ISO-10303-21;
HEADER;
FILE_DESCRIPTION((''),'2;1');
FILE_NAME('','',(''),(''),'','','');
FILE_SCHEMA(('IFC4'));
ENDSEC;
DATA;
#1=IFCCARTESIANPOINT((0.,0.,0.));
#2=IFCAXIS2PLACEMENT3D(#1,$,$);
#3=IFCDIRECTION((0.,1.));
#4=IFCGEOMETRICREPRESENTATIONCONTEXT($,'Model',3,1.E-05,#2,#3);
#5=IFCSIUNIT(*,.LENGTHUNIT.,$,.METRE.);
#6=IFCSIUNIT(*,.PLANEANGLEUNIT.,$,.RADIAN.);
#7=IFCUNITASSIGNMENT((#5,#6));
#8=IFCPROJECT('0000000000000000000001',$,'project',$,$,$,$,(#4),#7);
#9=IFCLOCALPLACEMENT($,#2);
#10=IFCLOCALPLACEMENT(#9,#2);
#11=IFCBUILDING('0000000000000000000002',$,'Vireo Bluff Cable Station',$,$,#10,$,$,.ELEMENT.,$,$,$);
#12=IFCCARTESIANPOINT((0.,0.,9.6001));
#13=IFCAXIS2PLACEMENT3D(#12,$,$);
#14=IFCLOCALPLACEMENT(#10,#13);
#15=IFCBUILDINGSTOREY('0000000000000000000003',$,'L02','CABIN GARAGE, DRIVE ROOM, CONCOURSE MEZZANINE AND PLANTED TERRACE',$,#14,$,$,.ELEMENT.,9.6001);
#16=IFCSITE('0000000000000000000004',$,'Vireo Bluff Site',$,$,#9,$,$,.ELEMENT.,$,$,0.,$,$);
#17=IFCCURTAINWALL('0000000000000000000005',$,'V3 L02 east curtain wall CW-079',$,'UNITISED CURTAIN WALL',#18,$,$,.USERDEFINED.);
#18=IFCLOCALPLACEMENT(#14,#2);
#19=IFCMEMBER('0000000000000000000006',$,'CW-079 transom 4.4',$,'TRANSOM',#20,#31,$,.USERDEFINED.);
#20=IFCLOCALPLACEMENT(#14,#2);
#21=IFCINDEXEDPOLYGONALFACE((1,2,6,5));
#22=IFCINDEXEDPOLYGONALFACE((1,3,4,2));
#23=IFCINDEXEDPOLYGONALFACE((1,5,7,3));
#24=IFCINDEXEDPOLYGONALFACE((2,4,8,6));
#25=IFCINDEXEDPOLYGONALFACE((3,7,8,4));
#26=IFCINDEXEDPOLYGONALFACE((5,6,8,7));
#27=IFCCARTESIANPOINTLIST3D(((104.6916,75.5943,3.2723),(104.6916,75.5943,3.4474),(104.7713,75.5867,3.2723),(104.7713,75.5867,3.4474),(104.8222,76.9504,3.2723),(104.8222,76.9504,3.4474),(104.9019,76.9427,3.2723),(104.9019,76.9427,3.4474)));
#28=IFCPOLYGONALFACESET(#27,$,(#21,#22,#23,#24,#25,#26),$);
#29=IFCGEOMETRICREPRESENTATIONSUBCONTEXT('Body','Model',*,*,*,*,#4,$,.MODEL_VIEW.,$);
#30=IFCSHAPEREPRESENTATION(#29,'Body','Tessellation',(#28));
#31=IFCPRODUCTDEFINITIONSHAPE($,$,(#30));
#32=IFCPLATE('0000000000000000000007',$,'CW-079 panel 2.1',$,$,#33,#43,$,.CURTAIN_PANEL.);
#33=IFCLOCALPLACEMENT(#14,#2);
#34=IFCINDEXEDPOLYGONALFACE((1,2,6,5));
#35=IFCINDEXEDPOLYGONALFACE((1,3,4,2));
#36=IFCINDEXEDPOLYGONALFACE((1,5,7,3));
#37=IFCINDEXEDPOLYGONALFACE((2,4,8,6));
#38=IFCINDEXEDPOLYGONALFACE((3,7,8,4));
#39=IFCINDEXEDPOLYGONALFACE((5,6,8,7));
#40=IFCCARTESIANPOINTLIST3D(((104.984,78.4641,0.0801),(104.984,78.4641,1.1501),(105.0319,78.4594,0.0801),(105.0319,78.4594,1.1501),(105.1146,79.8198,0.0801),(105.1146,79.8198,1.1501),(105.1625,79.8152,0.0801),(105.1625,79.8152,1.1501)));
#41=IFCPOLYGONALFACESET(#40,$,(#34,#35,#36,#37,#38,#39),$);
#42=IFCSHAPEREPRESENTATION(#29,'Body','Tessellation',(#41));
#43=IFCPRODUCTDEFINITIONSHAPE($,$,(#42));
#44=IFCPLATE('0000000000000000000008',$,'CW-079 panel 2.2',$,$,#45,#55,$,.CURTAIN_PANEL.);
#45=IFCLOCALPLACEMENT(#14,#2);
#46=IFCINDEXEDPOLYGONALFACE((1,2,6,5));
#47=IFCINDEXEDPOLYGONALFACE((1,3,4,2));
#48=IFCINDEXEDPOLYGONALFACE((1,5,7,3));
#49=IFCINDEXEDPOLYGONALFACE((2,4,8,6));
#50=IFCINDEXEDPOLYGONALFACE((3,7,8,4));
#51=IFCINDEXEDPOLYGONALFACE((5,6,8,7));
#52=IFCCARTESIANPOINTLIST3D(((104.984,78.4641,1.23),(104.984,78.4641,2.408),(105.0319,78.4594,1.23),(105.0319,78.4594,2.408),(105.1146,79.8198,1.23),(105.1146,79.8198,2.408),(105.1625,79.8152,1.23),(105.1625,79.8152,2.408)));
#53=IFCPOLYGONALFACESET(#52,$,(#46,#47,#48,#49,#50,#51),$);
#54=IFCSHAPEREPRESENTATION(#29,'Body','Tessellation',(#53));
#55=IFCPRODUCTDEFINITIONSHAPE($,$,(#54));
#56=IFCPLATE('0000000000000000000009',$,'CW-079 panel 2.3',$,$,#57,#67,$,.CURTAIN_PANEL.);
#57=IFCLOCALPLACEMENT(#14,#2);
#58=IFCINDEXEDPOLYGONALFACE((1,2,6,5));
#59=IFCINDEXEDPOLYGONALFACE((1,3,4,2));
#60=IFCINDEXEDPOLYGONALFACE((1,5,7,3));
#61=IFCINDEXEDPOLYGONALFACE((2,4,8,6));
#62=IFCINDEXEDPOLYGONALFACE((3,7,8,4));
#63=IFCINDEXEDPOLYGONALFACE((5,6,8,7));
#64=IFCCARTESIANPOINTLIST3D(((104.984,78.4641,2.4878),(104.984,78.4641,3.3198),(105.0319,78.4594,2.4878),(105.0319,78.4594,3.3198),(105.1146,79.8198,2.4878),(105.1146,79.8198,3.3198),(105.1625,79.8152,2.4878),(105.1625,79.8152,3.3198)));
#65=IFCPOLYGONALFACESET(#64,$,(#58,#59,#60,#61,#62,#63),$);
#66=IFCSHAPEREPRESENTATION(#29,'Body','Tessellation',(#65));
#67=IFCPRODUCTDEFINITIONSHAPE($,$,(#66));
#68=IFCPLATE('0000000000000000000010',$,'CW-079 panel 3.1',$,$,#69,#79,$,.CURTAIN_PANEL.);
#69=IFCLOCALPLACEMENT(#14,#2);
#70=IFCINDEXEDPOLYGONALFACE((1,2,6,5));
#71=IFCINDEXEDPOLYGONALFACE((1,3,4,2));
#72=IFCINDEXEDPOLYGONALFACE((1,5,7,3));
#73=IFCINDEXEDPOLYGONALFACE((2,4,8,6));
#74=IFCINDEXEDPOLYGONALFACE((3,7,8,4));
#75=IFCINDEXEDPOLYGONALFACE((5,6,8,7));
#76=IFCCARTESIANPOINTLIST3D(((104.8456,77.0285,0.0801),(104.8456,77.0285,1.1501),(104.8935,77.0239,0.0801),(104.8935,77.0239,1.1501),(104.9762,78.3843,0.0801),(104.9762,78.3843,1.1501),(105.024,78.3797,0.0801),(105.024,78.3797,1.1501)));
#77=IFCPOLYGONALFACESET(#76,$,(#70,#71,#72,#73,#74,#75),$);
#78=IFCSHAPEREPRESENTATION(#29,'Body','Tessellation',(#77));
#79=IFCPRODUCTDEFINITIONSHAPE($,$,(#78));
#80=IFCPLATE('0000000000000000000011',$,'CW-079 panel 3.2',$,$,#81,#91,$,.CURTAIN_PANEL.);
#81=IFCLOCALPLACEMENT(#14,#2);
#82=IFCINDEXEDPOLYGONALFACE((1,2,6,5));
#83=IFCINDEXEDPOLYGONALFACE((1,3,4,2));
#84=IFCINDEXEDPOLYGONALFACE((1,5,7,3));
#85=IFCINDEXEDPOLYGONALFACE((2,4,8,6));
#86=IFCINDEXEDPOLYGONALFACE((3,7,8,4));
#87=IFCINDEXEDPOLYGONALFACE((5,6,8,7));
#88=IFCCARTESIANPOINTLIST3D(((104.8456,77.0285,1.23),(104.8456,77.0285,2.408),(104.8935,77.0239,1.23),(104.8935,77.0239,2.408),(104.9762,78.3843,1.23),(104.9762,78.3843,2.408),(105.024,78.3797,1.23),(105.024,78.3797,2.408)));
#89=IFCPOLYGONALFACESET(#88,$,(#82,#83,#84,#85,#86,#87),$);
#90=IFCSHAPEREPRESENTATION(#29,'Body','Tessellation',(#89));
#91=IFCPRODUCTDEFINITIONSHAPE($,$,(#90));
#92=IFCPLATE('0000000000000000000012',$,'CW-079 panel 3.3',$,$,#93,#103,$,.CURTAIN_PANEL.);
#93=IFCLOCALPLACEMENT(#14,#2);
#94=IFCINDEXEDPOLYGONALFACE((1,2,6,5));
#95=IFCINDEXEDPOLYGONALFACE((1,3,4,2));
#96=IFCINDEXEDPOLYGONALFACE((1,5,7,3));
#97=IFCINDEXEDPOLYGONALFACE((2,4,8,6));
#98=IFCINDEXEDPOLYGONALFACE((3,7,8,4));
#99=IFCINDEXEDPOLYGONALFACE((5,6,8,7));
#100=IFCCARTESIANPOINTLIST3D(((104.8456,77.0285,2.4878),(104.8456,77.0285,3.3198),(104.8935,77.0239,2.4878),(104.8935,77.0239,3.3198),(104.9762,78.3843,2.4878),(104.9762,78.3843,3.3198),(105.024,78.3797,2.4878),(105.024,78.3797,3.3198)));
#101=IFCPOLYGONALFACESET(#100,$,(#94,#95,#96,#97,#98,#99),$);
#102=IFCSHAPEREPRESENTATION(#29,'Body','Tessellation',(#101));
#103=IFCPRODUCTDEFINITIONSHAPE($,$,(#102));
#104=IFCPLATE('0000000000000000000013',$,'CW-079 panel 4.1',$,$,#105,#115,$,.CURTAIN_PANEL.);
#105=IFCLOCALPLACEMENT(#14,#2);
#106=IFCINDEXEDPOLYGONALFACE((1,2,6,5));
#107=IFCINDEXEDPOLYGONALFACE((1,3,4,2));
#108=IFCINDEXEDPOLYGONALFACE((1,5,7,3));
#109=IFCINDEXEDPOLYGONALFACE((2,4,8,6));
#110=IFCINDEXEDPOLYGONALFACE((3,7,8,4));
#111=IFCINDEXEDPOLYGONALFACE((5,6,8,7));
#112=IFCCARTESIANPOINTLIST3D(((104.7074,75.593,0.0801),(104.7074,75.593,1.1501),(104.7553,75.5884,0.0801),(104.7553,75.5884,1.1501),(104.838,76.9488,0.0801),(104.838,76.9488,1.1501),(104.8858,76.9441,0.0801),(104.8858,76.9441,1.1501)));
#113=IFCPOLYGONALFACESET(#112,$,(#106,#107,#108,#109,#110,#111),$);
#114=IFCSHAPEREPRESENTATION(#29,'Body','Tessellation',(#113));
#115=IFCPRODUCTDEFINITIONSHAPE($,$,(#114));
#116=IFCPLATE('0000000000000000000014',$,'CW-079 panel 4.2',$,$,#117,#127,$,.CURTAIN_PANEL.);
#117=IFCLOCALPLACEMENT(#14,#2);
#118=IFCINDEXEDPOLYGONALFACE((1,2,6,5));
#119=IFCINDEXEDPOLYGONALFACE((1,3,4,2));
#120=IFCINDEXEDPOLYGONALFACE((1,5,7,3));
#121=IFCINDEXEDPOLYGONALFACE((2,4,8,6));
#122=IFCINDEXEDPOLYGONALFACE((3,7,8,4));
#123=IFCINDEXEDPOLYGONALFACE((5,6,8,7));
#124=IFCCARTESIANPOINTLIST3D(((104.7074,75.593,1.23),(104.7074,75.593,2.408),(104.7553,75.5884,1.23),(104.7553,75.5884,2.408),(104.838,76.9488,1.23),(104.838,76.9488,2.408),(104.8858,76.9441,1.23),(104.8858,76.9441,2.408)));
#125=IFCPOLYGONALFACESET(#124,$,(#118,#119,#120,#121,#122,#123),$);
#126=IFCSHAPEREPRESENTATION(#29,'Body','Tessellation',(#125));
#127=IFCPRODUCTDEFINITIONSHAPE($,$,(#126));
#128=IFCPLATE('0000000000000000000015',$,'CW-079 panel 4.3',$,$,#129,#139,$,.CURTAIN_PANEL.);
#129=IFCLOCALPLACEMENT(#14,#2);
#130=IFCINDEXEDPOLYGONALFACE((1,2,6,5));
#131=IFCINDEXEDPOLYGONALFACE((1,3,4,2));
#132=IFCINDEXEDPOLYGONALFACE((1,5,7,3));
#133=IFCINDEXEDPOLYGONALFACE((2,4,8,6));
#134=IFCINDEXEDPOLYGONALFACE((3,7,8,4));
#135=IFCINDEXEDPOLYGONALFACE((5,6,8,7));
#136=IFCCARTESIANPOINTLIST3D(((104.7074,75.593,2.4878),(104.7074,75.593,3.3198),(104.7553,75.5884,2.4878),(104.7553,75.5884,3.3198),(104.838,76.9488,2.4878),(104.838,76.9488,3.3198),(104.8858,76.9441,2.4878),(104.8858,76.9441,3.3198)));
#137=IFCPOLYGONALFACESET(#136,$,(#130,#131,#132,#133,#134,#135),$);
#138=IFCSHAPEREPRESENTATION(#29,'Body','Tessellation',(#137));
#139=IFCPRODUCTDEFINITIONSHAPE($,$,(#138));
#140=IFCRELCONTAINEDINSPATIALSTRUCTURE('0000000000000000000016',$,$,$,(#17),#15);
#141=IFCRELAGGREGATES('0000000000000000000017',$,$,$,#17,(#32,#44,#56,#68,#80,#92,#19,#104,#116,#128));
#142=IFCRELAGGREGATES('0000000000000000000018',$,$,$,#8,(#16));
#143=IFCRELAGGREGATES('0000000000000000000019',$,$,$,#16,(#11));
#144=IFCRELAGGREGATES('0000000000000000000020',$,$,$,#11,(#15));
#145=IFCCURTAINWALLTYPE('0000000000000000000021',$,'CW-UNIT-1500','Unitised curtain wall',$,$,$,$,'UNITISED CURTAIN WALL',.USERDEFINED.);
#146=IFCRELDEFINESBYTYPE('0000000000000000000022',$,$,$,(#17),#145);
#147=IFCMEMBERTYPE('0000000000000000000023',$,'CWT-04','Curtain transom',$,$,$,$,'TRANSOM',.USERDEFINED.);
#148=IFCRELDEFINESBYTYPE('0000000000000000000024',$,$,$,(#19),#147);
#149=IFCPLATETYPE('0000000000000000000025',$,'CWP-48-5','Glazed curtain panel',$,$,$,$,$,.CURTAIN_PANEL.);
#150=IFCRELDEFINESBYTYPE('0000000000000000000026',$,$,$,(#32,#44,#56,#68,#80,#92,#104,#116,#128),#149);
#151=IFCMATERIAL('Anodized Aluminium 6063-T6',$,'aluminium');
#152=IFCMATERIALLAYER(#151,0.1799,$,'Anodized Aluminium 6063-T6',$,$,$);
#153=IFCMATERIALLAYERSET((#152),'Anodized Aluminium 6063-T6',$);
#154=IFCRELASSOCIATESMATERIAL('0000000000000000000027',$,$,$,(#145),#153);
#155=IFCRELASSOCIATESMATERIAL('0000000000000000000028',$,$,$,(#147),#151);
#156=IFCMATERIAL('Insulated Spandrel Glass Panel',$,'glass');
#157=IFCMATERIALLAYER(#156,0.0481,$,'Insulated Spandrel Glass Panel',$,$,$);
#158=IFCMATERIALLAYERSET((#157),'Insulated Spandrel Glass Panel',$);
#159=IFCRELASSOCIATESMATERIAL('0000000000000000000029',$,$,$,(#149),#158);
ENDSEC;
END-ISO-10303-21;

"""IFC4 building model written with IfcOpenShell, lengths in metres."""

from ifc_helpers import new_model, si_unit, direction, frame, origin, origin_2d, place, context, subcontext, project, spatial, rectangle, extrude, material, layer, layer_set, material_profile, profile_set, type_object, element, aggregate, save


model = new_model("IFC4")

# Units and contexts
model_context = context("Model", 3, precision=1e-05, world=origin(), true_north=direction((0.0, 1.0)))
body_context = subcontext(model_context, "Body", "Model", "MODEL_VIEW")
ifc_project = project(units=[si_unit("LENGTHUNIT", "METRE"), si_unit("PLANEANGLEUNIT", "RADIAN")], contexts=[model_context])

# Site, building, storey
site_placement = place(None, origin())
site = spatial("IfcSite", under=ifc_project, at=site_placement, Name="Vireo Bluff Site", CompositionType="ELEMENT", RefElevation=0.0)
building_placement = place(site_placement, origin())
building = spatial("IfcBuilding", under=site, at=building_placement, Name="Vireo Bluff Cable Station", CompositionType="ELEMENT")
storey_placement = place(building_placement, frame((0.0, 0.0, 9.6001)))
storey = spatial("IfcBuildingStorey", under=building, at=storey_placement, Name="L02", Description="CABIN GARAGE, DRIVE ROOM, CONCOURSE MEZZANINE AND PLANTED TERRACE", CompositionType="ELEMENT", Elevation=9.6001)

# Curtain wall, member, plates
ifc_material_1 = material(Name="Anodized Aluminium 6063-T6", Category="aluminium")
ifc_layer_1 = layer(ifc_material_1, 0.1799, Name="Anodized Aluminium 6063-T6")
ifc_layer_set_1 = layer_set([ifc_layer_1], Name="Anodized Aluminium 6063-T6")
curtain_wall_type = type_object("IfcCurtainWallType", Name="CW-UNIT-1500", Description="Unitised curtain wall", ElementType="UNITISED CURTAIN WALL", PredefinedType="USERDEFINED", material=ifc_layer_set_1)
curtain_wall_placement = place(storey_placement, origin())
curtain_wall = element("IfcCurtainWall", 1, at=curtain_wall_placement, inside=storey, type_object=curtain_wall_type, Name="V3 L02 east curtain wall CW-079", ObjectType="UNITISED CURTAIN WALL", PredefinedType="USERDEFINED")
ifc_material_profile_1 = material_profile(ifc_material_1, rectangle(XDim=0.0801, YDim=0.175, at=origin_2d()), Name="ALU-T-80X175")
ifc_profile_set_1 = profile_set([ifc_material_profile_1], Name="Anodized Aluminium 6063-T6")
member_type_1 = type_object("IfcMemberType", Name="CWT-04", Description="Curtain transom", ElementType="TRANSOM", PredefinedType="USERDEFINED", material=ifc_profile_set_1)
member_1_placement = place(storey_placement, frame((104.8621, 76.9465, 3.3599), z_axis=(-0.095883, -0.995393, 0.0), x_axis=(0.995393, -0.095883, 0.0)))
member_1 = element("IfcMember", 2, at=member_1_placement, type_object=member_type_1, Name="CW-079 transom 4.4", ObjectType="TRANSOM", PredefinedType="USERDEFINED", context=body_context, shape_type="SweptSolid", body=[
    extrude(rectangle(XDim=0.0801, YDim=0.175, at=origin_2d()), origin(), (0.0, 0.0, 1.0), 1.3623),
])
ifc_material_2 = material(Name="Insulated Spandrel Glass Panel", Category="glass")
ifc_layer_2 = layer(ifc_material_2, 0.0481, Name="Insulated Spandrel Glass Panel")
ifc_layer_set_2 = layer_set([ifc_layer_2], Name="Insulated Spandrel Glass Panel")
plate_type = type_object("IfcPlateType", Name="CWP-48-5", Description="Glazed curtain panel", PredefinedType="CURTAIN_PANEL", material=ifc_layer_set_2)
plate_1_placement = place(storey_placement, frame((105.0732, 79.1396, 0.0801), z_axis=(0.0, 0.0, 1.0), x_axis=(-0.095846, -0.995396, 0.0)))
plate_1 = element("IfcPlate", 3, at=plate_1_placement, type_object=plate_type, Name="CW-079 panel 2.1", PredefinedType="CURTAIN_PANEL", context=body_context, shape_type="SweptSolid", body=[
    extrude(rectangle(XDim=1.3621, YDim=0.0481, at=origin_2d()), origin(), (0.0, 0.0, 1.0), 1.0701),
])
plate_2_placement = place(storey_placement, frame((105.0732, 79.1396, 1.23), z_axis=(0.0, 0.0, 1.0), x_axis=(-0.095846, -0.995396, 0.0)))
plate_2 = element("IfcPlate", 4, at=plate_2_placement, type_object=plate_type, Name="CW-079 panel 2.2", PredefinedType="CURTAIN_PANEL", context=body_context, shape_type="SweptSolid", body=[
    extrude(rectangle(XDim=1.3621, YDim=0.0481, at=origin_2d()), origin(), (0.0, 0.0, 1.0), 1.178),
])
plate_3_placement = place(storey_placement, frame((105.0732, 79.1396, 2.4878), z_axis=(0.0, 0.0, 1.0), x_axis=(-0.095846, -0.995396, 0.0)))
plate_3 = element("IfcPlate", 5, at=plate_3_placement, type_object=plate_type, Name="CW-079 panel 2.3", PredefinedType="CURTAIN_PANEL", context=body_context, shape_type="SweptSolid", body=[
    extrude(rectangle(XDim=1.3621, YDim=0.0481, at=origin_2d()), origin(), (0.0, 0.0, 1.0), 0.832),
])
plate_4_placement = place(storey_placement, frame((104.9348, 77.7041, 0.0801), z_axis=(0.0, 0.0, 1.0), x_axis=(-0.095846, -0.995396, 0.0)))
plate_4 = element("IfcPlate", 6, at=plate_4_placement, type_object=plate_type, Name="CW-079 panel 3.1", PredefinedType="CURTAIN_PANEL", context=body_context, shape_type="SweptSolid", body=[
    extrude(rectangle(XDim=1.3621, YDim=0.0481, at=origin_2d()), origin(), (0.0, 0.0, 1.0), 1.0701),
])
plate_5_placement = place(storey_placement, frame((104.9348, 77.7041, 1.23), z_axis=(0.0, 0.0, 1.0), x_axis=(-0.095846, -0.995396, 0.0)))
plate_5 = element("IfcPlate", 7, at=plate_5_placement, type_object=plate_type, Name="CW-079 panel 3.2", PredefinedType="CURTAIN_PANEL", context=body_context, shape_type="SweptSolid", body=[
    extrude(rectangle(XDim=1.3621, YDim=0.0481, at=origin_2d()), origin(), (0.0, 0.0, 1.0), 1.178),
])
plate_6_placement = place(storey_placement, frame((104.9348, 77.7041, 2.4878), z_axis=(0.0, 0.0, 1.0), x_axis=(-0.095846, -0.995396, 0.0)))
plate_6 = element("IfcPlate", 8, at=plate_6_placement, type_object=plate_type, Name="CW-079 panel 3.3", PredefinedType="CURTAIN_PANEL", context=body_context, shape_type="SweptSolid", body=[
    extrude(rectangle(XDim=1.3621, YDim=0.0481, at=origin_2d()), origin(), (0.0, 0.0, 1.0), 0.832),
])
plate_7_placement = place(storey_placement, frame((104.7966, 76.2686, 0.0801), z_axis=(0.0, 0.0, 1.0), x_axis=(-0.095846, -0.995396, 0.0)))
plate_7 = element("IfcPlate", 9, at=plate_7_placement, type_object=plate_type, Name="CW-079 panel 4.1", PredefinedType="CURTAIN_PANEL", context=body_context, shape_type="SweptSolid", body=[
    extrude(rectangle(XDim=1.3621, YDim=0.0481, at=origin_2d()), origin(), (0.0, 0.0, 1.0), 1.0701),
])
plate_8_placement = place(storey_placement, frame((104.7966, 76.2686, 1.23), z_axis=(0.0, 0.0, 1.0), x_axis=(-0.095846, -0.995396, 0.0)))
plate_8 = element("IfcPlate", 10, at=plate_8_placement, type_object=plate_type, Name="CW-079 panel 4.2", PredefinedType="CURTAIN_PANEL", context=body_context, shape_type="SweptSolid", body=[
    extrude(rectangle(XDim=1.3621, YDim=0.0481, at=origin_2d()), origin(), (0.0, 0.0, 1.0), 1.178),
])
plate_9_placement = place(storey_placement, frame((104.7966, 76.2686, 2.4878), z_axis=(0.0, 0.0, 1.0), x_axis=(-0.095846, -0.995396, 0.0)))
plate_9 = element("IfcPlate", 11, at=plate_9_placement, type_object=plate_type, Name="CW-079 panel 4.3", PredefinedType="CURTAIN_PANEL", context=body_context, shape_type="SweptSolid", body=[
    extrude(rectangle(XDim=1.3621, YDim=0.0481, at=origin_2d()), origin(), (0.0, 0.0, 1.0), 0.832),
])
aggregate(curtain_wall, [plate_1, plate_2, plate_3, plate_4, plate_5, plate_6, member_1, plate_7, plate_8, plate_9])

save(model, "model.ifc")
